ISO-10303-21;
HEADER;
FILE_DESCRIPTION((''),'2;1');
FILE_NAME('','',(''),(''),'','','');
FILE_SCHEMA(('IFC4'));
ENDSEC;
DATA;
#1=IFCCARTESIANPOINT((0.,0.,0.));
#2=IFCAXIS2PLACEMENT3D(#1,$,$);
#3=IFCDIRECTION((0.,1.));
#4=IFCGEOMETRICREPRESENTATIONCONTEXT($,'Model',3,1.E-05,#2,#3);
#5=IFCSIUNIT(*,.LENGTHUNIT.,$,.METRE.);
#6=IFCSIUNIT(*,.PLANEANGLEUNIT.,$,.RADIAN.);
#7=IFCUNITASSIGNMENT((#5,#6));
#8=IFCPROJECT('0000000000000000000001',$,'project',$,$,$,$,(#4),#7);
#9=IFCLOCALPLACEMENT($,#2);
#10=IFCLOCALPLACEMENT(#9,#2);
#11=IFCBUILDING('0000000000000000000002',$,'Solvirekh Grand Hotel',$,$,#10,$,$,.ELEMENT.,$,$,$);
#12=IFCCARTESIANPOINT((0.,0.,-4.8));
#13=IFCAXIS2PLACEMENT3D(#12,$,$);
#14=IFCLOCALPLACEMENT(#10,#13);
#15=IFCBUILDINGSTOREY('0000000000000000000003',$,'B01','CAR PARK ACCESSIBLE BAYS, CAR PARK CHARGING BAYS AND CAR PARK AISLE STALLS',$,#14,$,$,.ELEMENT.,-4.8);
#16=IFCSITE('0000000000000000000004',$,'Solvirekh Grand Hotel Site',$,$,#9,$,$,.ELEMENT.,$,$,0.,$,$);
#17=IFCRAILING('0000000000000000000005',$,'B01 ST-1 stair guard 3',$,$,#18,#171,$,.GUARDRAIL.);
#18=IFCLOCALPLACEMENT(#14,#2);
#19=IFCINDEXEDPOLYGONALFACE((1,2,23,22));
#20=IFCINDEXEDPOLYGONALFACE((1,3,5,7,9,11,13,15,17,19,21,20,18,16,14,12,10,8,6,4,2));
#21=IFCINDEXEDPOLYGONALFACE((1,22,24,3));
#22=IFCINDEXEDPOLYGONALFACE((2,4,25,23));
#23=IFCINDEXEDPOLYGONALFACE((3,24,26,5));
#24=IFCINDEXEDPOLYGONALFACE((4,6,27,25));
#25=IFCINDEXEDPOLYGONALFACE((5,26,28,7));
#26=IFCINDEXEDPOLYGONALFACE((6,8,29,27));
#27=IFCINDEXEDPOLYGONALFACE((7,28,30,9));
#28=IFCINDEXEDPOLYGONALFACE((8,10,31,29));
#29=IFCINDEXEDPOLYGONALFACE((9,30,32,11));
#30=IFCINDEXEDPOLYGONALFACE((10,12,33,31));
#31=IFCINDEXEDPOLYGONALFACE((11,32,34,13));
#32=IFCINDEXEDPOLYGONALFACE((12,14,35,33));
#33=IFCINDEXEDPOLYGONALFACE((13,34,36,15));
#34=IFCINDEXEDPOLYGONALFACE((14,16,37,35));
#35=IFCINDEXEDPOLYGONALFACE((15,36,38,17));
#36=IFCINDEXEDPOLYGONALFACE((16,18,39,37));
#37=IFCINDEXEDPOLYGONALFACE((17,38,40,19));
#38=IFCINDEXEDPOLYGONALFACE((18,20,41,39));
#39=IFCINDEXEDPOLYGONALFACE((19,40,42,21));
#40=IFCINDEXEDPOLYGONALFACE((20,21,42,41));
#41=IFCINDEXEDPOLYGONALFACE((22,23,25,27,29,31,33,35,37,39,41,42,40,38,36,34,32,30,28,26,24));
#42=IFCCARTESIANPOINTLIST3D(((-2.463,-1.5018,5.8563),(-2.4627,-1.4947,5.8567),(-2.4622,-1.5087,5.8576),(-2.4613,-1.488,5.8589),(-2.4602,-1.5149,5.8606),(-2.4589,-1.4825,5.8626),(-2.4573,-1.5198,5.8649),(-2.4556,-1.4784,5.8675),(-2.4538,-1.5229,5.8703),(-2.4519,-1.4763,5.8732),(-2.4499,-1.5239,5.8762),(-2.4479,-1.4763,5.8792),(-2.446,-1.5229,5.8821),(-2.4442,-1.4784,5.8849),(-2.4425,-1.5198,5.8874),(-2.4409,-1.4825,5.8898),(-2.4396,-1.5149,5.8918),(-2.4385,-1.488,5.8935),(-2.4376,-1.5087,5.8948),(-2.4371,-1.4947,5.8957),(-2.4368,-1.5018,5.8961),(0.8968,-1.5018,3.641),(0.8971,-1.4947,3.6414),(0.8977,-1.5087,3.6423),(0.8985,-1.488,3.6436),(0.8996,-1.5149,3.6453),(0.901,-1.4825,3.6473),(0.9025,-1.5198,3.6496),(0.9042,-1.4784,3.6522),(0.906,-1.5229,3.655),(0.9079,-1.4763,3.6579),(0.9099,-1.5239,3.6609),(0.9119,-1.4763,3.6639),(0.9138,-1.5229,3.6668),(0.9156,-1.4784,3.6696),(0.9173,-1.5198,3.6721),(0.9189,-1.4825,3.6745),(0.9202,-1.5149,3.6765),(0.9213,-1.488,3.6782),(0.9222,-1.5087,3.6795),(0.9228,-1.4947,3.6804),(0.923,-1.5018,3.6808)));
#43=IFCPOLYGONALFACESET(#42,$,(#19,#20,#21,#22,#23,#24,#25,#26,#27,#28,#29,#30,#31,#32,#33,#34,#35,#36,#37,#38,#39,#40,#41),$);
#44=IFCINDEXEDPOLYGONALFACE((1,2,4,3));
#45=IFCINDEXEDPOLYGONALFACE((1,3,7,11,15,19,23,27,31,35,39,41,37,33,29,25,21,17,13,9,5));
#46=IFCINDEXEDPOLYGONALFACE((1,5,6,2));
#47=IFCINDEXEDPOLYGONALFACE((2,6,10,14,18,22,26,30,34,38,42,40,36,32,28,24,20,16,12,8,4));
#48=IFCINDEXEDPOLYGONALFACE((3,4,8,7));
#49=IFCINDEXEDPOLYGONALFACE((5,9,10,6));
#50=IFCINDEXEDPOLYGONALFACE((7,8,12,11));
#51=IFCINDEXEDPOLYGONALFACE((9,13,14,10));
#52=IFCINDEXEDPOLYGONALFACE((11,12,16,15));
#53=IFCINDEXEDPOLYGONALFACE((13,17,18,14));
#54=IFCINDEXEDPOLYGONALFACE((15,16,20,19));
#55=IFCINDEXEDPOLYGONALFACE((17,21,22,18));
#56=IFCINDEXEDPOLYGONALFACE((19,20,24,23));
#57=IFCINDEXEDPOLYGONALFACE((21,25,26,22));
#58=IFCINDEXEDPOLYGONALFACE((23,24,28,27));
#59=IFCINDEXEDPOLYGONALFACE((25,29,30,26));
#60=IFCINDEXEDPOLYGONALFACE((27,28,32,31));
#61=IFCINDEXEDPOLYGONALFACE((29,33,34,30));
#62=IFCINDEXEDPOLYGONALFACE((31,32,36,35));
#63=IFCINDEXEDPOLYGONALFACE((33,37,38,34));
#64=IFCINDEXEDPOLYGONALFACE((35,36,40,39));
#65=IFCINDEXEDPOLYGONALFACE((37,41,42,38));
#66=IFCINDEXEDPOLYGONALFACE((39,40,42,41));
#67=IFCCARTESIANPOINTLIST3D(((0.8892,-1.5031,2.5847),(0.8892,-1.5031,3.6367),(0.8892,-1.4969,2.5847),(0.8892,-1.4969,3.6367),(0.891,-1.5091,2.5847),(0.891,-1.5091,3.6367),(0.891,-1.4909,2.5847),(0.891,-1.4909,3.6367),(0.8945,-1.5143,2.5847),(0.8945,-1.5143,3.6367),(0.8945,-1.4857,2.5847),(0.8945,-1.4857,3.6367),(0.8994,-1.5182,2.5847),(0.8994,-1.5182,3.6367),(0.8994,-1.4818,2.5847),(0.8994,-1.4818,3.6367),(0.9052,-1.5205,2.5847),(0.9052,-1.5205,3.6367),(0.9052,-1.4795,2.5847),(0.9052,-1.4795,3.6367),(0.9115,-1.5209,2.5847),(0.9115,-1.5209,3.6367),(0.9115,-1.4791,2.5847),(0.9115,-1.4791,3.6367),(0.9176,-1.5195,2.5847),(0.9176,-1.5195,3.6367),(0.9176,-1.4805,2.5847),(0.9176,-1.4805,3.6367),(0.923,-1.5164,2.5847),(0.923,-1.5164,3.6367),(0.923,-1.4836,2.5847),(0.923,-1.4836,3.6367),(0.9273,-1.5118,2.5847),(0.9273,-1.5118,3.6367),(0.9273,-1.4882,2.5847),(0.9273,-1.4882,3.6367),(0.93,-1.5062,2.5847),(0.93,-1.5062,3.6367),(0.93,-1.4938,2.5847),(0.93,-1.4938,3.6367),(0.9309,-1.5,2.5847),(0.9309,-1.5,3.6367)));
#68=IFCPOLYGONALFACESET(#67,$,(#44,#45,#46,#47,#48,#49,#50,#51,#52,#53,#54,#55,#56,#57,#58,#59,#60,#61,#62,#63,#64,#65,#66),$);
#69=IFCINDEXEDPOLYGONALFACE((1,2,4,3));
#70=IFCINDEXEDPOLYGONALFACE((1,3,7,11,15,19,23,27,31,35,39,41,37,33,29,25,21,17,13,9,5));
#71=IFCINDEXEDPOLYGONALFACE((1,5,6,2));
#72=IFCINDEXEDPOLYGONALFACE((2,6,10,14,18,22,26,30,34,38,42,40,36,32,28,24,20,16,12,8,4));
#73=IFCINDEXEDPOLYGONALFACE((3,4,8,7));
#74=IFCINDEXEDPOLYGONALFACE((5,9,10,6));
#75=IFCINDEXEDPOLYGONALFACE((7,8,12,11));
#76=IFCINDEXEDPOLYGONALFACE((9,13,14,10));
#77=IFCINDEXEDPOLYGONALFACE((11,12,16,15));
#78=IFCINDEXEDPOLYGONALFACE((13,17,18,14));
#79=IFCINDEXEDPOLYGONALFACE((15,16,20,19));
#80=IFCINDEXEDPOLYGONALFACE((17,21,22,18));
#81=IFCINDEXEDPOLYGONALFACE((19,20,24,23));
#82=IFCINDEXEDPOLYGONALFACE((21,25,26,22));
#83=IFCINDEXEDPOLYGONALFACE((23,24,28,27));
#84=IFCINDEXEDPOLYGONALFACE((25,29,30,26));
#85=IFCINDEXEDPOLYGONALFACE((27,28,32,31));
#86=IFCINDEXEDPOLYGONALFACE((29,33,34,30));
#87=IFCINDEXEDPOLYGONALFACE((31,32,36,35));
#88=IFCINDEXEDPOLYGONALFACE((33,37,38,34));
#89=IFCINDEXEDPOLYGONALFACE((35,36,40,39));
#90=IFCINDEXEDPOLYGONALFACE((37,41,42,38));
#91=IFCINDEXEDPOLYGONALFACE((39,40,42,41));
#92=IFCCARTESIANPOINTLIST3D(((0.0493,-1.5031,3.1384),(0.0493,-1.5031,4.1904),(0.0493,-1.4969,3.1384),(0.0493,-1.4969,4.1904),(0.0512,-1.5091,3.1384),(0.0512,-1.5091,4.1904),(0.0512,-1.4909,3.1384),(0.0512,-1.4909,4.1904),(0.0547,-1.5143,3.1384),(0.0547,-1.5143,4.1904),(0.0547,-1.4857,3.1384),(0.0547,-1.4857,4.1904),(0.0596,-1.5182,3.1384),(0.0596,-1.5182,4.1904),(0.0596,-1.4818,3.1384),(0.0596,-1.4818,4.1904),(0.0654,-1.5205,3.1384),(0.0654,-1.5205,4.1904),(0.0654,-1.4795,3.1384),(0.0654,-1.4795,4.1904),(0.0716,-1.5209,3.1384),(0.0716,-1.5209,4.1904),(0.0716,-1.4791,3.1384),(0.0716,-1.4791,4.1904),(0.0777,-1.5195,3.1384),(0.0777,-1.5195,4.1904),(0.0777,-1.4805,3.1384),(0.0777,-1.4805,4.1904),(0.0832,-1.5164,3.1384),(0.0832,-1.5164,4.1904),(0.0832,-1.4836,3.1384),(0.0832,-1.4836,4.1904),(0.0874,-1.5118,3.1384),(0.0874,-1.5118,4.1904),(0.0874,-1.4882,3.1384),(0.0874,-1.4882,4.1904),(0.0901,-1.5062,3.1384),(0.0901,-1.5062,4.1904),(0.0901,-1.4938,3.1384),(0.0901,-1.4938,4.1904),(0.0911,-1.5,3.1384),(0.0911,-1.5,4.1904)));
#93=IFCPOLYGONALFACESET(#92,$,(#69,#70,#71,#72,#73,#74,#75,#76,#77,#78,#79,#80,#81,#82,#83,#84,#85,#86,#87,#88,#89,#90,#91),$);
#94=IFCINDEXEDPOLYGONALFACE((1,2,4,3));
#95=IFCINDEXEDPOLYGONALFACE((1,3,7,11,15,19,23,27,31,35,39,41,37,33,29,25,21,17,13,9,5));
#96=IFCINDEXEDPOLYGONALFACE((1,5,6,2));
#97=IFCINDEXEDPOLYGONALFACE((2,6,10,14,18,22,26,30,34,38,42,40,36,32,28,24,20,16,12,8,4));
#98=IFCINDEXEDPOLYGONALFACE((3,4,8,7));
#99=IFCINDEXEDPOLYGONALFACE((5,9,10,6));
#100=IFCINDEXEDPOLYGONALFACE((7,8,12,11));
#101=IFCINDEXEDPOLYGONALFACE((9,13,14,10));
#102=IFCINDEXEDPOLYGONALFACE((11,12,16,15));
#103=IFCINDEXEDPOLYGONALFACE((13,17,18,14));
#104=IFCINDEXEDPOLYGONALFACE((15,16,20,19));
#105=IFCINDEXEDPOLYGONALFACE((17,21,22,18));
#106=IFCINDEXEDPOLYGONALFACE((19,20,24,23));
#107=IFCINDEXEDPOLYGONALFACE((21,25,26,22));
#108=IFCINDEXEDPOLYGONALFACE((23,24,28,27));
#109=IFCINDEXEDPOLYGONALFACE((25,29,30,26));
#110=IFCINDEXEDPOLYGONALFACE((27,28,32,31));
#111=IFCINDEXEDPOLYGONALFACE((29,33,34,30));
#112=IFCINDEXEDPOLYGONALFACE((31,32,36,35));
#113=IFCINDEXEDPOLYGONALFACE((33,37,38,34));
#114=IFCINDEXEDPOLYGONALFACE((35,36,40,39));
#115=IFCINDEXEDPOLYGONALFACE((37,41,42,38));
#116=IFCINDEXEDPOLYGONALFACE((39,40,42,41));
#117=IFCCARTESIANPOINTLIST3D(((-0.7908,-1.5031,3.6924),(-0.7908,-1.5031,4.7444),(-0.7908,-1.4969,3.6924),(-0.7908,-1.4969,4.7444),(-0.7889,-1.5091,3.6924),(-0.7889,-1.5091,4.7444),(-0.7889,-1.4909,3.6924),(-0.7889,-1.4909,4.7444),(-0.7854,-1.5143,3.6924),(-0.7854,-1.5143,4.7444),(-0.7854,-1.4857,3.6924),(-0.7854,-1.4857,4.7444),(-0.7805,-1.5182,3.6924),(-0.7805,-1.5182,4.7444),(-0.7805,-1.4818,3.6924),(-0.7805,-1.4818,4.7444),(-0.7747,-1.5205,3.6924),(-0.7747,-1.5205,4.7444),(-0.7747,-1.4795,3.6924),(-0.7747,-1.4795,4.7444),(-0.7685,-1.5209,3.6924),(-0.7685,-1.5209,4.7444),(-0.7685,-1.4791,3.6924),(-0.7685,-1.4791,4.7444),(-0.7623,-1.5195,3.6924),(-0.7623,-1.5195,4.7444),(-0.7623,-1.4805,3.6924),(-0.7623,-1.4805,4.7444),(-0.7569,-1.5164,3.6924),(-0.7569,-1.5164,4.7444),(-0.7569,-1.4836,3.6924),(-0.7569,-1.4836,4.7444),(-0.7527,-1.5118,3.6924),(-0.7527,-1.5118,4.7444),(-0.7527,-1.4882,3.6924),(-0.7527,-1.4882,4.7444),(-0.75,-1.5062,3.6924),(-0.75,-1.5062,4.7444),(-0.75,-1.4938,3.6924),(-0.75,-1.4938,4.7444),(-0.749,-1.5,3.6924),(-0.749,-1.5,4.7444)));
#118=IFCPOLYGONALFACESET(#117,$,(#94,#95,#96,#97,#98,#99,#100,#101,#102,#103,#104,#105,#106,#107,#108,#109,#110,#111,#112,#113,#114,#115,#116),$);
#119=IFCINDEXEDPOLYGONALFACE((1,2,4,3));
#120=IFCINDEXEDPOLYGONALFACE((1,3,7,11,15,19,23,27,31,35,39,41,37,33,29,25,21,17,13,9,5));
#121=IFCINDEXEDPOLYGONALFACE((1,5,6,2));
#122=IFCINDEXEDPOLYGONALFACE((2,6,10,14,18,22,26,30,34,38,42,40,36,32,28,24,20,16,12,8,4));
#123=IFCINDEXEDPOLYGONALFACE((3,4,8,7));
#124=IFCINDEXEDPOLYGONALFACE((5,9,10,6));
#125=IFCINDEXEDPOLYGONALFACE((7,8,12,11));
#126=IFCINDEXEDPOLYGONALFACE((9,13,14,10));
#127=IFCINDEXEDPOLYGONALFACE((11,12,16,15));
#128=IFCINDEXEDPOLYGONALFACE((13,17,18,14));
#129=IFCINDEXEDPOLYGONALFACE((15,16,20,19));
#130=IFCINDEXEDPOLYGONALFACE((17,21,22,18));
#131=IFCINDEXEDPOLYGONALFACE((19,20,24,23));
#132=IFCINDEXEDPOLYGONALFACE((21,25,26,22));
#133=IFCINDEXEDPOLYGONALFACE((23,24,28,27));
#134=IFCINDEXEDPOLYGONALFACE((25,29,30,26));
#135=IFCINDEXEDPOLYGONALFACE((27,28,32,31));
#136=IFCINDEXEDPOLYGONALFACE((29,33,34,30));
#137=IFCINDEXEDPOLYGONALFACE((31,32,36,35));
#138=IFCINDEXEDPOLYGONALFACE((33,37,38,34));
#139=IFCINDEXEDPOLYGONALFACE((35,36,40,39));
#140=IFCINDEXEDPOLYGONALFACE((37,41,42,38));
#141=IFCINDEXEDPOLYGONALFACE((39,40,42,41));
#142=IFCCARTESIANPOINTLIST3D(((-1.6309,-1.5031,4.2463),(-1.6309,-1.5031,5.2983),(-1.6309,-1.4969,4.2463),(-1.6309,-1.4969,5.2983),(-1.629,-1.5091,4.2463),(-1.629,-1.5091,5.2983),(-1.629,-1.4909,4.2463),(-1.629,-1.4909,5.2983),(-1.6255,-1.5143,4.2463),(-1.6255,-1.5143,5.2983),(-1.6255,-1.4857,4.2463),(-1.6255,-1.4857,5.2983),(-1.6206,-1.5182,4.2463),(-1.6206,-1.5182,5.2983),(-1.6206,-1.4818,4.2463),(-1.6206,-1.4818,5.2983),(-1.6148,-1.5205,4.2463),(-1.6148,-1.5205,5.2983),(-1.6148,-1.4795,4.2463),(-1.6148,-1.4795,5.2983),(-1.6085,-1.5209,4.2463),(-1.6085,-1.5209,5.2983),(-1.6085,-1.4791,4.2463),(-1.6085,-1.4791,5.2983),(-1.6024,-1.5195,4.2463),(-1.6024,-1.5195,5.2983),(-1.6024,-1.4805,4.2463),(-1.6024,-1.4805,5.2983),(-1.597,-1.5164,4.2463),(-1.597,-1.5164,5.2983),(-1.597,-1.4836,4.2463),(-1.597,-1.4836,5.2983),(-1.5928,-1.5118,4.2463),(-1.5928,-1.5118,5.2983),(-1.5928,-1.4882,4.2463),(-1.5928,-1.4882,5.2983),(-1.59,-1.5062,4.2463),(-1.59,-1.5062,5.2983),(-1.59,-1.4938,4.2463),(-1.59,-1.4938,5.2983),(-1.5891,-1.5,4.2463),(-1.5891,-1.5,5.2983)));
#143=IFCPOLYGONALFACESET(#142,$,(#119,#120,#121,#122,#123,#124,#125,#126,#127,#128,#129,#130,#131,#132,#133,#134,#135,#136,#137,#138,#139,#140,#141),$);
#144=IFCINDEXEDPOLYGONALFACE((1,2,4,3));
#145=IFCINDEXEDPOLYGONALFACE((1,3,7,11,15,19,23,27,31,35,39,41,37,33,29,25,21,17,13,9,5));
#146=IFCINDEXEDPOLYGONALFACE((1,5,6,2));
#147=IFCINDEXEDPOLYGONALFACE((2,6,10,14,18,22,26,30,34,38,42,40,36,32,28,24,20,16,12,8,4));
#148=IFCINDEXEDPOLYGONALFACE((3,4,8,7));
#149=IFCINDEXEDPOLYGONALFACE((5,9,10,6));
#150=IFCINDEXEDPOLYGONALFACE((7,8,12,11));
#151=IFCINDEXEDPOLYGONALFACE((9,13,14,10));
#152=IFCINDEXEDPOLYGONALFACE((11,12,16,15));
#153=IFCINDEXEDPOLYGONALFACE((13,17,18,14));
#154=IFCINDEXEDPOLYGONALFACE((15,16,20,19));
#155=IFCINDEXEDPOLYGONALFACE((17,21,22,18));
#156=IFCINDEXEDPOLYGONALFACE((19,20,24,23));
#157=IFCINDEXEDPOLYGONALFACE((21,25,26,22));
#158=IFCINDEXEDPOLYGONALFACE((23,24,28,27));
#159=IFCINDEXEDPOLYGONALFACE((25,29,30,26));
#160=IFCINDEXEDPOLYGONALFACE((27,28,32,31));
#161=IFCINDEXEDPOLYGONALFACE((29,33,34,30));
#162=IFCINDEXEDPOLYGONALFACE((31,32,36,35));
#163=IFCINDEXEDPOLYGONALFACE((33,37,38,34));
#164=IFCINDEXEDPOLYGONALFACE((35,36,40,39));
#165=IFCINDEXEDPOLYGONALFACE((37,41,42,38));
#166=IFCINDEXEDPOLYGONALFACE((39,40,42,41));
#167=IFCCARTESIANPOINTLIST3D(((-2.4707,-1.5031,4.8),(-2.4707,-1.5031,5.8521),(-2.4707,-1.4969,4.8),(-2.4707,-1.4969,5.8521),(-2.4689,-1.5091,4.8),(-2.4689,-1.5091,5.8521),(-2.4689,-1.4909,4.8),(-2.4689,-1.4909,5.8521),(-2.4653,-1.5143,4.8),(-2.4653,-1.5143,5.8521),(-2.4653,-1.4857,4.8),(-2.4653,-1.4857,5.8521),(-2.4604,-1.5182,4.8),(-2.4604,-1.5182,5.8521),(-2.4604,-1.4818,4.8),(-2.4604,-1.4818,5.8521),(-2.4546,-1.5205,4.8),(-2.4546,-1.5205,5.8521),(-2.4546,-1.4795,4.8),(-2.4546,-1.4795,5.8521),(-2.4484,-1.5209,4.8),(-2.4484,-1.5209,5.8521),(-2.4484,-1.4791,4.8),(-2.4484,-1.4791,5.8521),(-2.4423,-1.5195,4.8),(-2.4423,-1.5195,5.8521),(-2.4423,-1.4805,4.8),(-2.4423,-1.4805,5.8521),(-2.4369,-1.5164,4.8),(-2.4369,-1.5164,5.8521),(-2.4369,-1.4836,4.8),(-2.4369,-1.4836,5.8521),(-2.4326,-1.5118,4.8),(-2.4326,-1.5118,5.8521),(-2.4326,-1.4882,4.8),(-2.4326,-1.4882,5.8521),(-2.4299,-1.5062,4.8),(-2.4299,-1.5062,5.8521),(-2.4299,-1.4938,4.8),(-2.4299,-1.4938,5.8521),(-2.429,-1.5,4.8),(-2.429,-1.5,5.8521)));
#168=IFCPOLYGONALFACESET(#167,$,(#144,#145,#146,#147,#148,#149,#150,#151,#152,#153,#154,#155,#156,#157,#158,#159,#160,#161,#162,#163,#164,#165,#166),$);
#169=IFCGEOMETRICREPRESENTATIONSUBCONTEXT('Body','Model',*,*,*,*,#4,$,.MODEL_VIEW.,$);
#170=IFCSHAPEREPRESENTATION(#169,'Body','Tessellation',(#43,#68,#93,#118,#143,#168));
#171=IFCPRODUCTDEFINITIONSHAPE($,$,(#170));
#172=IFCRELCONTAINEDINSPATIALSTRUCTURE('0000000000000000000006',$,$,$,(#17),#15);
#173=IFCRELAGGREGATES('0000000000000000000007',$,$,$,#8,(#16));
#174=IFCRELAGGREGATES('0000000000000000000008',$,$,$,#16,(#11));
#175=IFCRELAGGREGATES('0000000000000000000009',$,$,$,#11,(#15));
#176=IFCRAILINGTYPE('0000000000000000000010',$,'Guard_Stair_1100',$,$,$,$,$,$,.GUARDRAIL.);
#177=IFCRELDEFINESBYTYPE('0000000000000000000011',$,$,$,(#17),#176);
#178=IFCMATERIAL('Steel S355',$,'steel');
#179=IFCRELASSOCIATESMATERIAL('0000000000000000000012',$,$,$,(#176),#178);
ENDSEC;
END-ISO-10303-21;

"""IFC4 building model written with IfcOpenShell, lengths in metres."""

from ifc_helpers import new_model, si_unit, direction, frame, origin, origin_2d, place, context, subcontext, project, spatial, circle, extrude, material, type_object, element, save


model = new_model("IFC4")

# Units and contexts
model_context = context("Model", 3, precision=1e-05, world=origin(), true_north=direction((0.0, 1.0)))
body_context = subcontext(model_context, "Body", "Model", "MODEL_VIEW")
ifc_project = project(units=[si_unit("LENGTHUNIT", "METRE"), si_unit("PLANEANGLEUNIT", "RADIAN")], contexts=[model_context])

# Site, building, storey
site_placement = place(None, origin())
site = spatial("IfcSite", under=ifc_project, at=site_placement, Name="Solvirekh Grand Hotel Site", CompositionType="ELEMENT", RefElevation=0.0)
building_placement = place(site_placement, origin())
building = spatial("IfcBuilding", under=site, at=building_placement, Name="Solvirekh Grand Hotel", CompositionType="ELEMENT")
storey_placement = place(building_placement, frame((0.0, 0.0, -4.8)))
storey = spatial("IfcBuildingStorey", under=building, at=storey_placement, Name="B01", Description="CAR PARK ACCESSIBLE BAYS, CAR PARK CHARGING BAYS AND CAR PARK AISLE STALLS", CompositionType="ELEMENT", Elevation=-4.8)

# Shared definitions
ifc_material_1 = material(Name="Steel S355", Category="steel")

# Railing
railing_type_1 = type_object("IfcRailingType", Name="Guard_Stair_1100", PredefinedType="GUARDRAIL", material=ifc_material_1)
railing_1_placement = place(storey_placement, frame((0.9099, -1.5, 2.5847)))
element("IfcRailing", 1, at=railing_1_placement, inside=storey, type_object=railing_type_1, Name="B01 ST-1 stair guard 3", PredefinedType="GUARDRAIL", context=body_context, shape_type="SweptSolid", body=[
    extrude(circle(Radius=0.0239, at=origin_2d()), frame((0.0, 0.0, 1.0762), z_axis=(-0.834858, 0.0, 0.550465), x_axis=(0.0, -1.0, 0.0)), (0.0, 0.0, 1.0), 4.0244),
    extrude(circle(Radius=0.021, at=origin_2d()), origin(), (0.0, 0.0, 1.0), 1.052),
    extrude(circle(Radius=0.021, at=origin_2d()), frame((-0.8398, 0.0, 0.5537)), (0.0, 0.0, 1.0), 1.052),
    extrude(circle(Radius=0.021, at=origin_2d()), frame((-1.6799, 0.0, 1.1077)), (0.0, 0.0, 1.0), 1.052),
    extrude(circle(Radius=0.021, at=origin_2d()), frame((-2.52, 0.0, 1.6616)), (0.0, 0.0, 1.0), 1.052),
    extrude(circle(Radius=0.021, at=origin_2d()), frame((-3.3599, 0.0, 2.2153)), (0.0, 0.0, 1.0), 1.052),
])

save(model, "model.ifc")
